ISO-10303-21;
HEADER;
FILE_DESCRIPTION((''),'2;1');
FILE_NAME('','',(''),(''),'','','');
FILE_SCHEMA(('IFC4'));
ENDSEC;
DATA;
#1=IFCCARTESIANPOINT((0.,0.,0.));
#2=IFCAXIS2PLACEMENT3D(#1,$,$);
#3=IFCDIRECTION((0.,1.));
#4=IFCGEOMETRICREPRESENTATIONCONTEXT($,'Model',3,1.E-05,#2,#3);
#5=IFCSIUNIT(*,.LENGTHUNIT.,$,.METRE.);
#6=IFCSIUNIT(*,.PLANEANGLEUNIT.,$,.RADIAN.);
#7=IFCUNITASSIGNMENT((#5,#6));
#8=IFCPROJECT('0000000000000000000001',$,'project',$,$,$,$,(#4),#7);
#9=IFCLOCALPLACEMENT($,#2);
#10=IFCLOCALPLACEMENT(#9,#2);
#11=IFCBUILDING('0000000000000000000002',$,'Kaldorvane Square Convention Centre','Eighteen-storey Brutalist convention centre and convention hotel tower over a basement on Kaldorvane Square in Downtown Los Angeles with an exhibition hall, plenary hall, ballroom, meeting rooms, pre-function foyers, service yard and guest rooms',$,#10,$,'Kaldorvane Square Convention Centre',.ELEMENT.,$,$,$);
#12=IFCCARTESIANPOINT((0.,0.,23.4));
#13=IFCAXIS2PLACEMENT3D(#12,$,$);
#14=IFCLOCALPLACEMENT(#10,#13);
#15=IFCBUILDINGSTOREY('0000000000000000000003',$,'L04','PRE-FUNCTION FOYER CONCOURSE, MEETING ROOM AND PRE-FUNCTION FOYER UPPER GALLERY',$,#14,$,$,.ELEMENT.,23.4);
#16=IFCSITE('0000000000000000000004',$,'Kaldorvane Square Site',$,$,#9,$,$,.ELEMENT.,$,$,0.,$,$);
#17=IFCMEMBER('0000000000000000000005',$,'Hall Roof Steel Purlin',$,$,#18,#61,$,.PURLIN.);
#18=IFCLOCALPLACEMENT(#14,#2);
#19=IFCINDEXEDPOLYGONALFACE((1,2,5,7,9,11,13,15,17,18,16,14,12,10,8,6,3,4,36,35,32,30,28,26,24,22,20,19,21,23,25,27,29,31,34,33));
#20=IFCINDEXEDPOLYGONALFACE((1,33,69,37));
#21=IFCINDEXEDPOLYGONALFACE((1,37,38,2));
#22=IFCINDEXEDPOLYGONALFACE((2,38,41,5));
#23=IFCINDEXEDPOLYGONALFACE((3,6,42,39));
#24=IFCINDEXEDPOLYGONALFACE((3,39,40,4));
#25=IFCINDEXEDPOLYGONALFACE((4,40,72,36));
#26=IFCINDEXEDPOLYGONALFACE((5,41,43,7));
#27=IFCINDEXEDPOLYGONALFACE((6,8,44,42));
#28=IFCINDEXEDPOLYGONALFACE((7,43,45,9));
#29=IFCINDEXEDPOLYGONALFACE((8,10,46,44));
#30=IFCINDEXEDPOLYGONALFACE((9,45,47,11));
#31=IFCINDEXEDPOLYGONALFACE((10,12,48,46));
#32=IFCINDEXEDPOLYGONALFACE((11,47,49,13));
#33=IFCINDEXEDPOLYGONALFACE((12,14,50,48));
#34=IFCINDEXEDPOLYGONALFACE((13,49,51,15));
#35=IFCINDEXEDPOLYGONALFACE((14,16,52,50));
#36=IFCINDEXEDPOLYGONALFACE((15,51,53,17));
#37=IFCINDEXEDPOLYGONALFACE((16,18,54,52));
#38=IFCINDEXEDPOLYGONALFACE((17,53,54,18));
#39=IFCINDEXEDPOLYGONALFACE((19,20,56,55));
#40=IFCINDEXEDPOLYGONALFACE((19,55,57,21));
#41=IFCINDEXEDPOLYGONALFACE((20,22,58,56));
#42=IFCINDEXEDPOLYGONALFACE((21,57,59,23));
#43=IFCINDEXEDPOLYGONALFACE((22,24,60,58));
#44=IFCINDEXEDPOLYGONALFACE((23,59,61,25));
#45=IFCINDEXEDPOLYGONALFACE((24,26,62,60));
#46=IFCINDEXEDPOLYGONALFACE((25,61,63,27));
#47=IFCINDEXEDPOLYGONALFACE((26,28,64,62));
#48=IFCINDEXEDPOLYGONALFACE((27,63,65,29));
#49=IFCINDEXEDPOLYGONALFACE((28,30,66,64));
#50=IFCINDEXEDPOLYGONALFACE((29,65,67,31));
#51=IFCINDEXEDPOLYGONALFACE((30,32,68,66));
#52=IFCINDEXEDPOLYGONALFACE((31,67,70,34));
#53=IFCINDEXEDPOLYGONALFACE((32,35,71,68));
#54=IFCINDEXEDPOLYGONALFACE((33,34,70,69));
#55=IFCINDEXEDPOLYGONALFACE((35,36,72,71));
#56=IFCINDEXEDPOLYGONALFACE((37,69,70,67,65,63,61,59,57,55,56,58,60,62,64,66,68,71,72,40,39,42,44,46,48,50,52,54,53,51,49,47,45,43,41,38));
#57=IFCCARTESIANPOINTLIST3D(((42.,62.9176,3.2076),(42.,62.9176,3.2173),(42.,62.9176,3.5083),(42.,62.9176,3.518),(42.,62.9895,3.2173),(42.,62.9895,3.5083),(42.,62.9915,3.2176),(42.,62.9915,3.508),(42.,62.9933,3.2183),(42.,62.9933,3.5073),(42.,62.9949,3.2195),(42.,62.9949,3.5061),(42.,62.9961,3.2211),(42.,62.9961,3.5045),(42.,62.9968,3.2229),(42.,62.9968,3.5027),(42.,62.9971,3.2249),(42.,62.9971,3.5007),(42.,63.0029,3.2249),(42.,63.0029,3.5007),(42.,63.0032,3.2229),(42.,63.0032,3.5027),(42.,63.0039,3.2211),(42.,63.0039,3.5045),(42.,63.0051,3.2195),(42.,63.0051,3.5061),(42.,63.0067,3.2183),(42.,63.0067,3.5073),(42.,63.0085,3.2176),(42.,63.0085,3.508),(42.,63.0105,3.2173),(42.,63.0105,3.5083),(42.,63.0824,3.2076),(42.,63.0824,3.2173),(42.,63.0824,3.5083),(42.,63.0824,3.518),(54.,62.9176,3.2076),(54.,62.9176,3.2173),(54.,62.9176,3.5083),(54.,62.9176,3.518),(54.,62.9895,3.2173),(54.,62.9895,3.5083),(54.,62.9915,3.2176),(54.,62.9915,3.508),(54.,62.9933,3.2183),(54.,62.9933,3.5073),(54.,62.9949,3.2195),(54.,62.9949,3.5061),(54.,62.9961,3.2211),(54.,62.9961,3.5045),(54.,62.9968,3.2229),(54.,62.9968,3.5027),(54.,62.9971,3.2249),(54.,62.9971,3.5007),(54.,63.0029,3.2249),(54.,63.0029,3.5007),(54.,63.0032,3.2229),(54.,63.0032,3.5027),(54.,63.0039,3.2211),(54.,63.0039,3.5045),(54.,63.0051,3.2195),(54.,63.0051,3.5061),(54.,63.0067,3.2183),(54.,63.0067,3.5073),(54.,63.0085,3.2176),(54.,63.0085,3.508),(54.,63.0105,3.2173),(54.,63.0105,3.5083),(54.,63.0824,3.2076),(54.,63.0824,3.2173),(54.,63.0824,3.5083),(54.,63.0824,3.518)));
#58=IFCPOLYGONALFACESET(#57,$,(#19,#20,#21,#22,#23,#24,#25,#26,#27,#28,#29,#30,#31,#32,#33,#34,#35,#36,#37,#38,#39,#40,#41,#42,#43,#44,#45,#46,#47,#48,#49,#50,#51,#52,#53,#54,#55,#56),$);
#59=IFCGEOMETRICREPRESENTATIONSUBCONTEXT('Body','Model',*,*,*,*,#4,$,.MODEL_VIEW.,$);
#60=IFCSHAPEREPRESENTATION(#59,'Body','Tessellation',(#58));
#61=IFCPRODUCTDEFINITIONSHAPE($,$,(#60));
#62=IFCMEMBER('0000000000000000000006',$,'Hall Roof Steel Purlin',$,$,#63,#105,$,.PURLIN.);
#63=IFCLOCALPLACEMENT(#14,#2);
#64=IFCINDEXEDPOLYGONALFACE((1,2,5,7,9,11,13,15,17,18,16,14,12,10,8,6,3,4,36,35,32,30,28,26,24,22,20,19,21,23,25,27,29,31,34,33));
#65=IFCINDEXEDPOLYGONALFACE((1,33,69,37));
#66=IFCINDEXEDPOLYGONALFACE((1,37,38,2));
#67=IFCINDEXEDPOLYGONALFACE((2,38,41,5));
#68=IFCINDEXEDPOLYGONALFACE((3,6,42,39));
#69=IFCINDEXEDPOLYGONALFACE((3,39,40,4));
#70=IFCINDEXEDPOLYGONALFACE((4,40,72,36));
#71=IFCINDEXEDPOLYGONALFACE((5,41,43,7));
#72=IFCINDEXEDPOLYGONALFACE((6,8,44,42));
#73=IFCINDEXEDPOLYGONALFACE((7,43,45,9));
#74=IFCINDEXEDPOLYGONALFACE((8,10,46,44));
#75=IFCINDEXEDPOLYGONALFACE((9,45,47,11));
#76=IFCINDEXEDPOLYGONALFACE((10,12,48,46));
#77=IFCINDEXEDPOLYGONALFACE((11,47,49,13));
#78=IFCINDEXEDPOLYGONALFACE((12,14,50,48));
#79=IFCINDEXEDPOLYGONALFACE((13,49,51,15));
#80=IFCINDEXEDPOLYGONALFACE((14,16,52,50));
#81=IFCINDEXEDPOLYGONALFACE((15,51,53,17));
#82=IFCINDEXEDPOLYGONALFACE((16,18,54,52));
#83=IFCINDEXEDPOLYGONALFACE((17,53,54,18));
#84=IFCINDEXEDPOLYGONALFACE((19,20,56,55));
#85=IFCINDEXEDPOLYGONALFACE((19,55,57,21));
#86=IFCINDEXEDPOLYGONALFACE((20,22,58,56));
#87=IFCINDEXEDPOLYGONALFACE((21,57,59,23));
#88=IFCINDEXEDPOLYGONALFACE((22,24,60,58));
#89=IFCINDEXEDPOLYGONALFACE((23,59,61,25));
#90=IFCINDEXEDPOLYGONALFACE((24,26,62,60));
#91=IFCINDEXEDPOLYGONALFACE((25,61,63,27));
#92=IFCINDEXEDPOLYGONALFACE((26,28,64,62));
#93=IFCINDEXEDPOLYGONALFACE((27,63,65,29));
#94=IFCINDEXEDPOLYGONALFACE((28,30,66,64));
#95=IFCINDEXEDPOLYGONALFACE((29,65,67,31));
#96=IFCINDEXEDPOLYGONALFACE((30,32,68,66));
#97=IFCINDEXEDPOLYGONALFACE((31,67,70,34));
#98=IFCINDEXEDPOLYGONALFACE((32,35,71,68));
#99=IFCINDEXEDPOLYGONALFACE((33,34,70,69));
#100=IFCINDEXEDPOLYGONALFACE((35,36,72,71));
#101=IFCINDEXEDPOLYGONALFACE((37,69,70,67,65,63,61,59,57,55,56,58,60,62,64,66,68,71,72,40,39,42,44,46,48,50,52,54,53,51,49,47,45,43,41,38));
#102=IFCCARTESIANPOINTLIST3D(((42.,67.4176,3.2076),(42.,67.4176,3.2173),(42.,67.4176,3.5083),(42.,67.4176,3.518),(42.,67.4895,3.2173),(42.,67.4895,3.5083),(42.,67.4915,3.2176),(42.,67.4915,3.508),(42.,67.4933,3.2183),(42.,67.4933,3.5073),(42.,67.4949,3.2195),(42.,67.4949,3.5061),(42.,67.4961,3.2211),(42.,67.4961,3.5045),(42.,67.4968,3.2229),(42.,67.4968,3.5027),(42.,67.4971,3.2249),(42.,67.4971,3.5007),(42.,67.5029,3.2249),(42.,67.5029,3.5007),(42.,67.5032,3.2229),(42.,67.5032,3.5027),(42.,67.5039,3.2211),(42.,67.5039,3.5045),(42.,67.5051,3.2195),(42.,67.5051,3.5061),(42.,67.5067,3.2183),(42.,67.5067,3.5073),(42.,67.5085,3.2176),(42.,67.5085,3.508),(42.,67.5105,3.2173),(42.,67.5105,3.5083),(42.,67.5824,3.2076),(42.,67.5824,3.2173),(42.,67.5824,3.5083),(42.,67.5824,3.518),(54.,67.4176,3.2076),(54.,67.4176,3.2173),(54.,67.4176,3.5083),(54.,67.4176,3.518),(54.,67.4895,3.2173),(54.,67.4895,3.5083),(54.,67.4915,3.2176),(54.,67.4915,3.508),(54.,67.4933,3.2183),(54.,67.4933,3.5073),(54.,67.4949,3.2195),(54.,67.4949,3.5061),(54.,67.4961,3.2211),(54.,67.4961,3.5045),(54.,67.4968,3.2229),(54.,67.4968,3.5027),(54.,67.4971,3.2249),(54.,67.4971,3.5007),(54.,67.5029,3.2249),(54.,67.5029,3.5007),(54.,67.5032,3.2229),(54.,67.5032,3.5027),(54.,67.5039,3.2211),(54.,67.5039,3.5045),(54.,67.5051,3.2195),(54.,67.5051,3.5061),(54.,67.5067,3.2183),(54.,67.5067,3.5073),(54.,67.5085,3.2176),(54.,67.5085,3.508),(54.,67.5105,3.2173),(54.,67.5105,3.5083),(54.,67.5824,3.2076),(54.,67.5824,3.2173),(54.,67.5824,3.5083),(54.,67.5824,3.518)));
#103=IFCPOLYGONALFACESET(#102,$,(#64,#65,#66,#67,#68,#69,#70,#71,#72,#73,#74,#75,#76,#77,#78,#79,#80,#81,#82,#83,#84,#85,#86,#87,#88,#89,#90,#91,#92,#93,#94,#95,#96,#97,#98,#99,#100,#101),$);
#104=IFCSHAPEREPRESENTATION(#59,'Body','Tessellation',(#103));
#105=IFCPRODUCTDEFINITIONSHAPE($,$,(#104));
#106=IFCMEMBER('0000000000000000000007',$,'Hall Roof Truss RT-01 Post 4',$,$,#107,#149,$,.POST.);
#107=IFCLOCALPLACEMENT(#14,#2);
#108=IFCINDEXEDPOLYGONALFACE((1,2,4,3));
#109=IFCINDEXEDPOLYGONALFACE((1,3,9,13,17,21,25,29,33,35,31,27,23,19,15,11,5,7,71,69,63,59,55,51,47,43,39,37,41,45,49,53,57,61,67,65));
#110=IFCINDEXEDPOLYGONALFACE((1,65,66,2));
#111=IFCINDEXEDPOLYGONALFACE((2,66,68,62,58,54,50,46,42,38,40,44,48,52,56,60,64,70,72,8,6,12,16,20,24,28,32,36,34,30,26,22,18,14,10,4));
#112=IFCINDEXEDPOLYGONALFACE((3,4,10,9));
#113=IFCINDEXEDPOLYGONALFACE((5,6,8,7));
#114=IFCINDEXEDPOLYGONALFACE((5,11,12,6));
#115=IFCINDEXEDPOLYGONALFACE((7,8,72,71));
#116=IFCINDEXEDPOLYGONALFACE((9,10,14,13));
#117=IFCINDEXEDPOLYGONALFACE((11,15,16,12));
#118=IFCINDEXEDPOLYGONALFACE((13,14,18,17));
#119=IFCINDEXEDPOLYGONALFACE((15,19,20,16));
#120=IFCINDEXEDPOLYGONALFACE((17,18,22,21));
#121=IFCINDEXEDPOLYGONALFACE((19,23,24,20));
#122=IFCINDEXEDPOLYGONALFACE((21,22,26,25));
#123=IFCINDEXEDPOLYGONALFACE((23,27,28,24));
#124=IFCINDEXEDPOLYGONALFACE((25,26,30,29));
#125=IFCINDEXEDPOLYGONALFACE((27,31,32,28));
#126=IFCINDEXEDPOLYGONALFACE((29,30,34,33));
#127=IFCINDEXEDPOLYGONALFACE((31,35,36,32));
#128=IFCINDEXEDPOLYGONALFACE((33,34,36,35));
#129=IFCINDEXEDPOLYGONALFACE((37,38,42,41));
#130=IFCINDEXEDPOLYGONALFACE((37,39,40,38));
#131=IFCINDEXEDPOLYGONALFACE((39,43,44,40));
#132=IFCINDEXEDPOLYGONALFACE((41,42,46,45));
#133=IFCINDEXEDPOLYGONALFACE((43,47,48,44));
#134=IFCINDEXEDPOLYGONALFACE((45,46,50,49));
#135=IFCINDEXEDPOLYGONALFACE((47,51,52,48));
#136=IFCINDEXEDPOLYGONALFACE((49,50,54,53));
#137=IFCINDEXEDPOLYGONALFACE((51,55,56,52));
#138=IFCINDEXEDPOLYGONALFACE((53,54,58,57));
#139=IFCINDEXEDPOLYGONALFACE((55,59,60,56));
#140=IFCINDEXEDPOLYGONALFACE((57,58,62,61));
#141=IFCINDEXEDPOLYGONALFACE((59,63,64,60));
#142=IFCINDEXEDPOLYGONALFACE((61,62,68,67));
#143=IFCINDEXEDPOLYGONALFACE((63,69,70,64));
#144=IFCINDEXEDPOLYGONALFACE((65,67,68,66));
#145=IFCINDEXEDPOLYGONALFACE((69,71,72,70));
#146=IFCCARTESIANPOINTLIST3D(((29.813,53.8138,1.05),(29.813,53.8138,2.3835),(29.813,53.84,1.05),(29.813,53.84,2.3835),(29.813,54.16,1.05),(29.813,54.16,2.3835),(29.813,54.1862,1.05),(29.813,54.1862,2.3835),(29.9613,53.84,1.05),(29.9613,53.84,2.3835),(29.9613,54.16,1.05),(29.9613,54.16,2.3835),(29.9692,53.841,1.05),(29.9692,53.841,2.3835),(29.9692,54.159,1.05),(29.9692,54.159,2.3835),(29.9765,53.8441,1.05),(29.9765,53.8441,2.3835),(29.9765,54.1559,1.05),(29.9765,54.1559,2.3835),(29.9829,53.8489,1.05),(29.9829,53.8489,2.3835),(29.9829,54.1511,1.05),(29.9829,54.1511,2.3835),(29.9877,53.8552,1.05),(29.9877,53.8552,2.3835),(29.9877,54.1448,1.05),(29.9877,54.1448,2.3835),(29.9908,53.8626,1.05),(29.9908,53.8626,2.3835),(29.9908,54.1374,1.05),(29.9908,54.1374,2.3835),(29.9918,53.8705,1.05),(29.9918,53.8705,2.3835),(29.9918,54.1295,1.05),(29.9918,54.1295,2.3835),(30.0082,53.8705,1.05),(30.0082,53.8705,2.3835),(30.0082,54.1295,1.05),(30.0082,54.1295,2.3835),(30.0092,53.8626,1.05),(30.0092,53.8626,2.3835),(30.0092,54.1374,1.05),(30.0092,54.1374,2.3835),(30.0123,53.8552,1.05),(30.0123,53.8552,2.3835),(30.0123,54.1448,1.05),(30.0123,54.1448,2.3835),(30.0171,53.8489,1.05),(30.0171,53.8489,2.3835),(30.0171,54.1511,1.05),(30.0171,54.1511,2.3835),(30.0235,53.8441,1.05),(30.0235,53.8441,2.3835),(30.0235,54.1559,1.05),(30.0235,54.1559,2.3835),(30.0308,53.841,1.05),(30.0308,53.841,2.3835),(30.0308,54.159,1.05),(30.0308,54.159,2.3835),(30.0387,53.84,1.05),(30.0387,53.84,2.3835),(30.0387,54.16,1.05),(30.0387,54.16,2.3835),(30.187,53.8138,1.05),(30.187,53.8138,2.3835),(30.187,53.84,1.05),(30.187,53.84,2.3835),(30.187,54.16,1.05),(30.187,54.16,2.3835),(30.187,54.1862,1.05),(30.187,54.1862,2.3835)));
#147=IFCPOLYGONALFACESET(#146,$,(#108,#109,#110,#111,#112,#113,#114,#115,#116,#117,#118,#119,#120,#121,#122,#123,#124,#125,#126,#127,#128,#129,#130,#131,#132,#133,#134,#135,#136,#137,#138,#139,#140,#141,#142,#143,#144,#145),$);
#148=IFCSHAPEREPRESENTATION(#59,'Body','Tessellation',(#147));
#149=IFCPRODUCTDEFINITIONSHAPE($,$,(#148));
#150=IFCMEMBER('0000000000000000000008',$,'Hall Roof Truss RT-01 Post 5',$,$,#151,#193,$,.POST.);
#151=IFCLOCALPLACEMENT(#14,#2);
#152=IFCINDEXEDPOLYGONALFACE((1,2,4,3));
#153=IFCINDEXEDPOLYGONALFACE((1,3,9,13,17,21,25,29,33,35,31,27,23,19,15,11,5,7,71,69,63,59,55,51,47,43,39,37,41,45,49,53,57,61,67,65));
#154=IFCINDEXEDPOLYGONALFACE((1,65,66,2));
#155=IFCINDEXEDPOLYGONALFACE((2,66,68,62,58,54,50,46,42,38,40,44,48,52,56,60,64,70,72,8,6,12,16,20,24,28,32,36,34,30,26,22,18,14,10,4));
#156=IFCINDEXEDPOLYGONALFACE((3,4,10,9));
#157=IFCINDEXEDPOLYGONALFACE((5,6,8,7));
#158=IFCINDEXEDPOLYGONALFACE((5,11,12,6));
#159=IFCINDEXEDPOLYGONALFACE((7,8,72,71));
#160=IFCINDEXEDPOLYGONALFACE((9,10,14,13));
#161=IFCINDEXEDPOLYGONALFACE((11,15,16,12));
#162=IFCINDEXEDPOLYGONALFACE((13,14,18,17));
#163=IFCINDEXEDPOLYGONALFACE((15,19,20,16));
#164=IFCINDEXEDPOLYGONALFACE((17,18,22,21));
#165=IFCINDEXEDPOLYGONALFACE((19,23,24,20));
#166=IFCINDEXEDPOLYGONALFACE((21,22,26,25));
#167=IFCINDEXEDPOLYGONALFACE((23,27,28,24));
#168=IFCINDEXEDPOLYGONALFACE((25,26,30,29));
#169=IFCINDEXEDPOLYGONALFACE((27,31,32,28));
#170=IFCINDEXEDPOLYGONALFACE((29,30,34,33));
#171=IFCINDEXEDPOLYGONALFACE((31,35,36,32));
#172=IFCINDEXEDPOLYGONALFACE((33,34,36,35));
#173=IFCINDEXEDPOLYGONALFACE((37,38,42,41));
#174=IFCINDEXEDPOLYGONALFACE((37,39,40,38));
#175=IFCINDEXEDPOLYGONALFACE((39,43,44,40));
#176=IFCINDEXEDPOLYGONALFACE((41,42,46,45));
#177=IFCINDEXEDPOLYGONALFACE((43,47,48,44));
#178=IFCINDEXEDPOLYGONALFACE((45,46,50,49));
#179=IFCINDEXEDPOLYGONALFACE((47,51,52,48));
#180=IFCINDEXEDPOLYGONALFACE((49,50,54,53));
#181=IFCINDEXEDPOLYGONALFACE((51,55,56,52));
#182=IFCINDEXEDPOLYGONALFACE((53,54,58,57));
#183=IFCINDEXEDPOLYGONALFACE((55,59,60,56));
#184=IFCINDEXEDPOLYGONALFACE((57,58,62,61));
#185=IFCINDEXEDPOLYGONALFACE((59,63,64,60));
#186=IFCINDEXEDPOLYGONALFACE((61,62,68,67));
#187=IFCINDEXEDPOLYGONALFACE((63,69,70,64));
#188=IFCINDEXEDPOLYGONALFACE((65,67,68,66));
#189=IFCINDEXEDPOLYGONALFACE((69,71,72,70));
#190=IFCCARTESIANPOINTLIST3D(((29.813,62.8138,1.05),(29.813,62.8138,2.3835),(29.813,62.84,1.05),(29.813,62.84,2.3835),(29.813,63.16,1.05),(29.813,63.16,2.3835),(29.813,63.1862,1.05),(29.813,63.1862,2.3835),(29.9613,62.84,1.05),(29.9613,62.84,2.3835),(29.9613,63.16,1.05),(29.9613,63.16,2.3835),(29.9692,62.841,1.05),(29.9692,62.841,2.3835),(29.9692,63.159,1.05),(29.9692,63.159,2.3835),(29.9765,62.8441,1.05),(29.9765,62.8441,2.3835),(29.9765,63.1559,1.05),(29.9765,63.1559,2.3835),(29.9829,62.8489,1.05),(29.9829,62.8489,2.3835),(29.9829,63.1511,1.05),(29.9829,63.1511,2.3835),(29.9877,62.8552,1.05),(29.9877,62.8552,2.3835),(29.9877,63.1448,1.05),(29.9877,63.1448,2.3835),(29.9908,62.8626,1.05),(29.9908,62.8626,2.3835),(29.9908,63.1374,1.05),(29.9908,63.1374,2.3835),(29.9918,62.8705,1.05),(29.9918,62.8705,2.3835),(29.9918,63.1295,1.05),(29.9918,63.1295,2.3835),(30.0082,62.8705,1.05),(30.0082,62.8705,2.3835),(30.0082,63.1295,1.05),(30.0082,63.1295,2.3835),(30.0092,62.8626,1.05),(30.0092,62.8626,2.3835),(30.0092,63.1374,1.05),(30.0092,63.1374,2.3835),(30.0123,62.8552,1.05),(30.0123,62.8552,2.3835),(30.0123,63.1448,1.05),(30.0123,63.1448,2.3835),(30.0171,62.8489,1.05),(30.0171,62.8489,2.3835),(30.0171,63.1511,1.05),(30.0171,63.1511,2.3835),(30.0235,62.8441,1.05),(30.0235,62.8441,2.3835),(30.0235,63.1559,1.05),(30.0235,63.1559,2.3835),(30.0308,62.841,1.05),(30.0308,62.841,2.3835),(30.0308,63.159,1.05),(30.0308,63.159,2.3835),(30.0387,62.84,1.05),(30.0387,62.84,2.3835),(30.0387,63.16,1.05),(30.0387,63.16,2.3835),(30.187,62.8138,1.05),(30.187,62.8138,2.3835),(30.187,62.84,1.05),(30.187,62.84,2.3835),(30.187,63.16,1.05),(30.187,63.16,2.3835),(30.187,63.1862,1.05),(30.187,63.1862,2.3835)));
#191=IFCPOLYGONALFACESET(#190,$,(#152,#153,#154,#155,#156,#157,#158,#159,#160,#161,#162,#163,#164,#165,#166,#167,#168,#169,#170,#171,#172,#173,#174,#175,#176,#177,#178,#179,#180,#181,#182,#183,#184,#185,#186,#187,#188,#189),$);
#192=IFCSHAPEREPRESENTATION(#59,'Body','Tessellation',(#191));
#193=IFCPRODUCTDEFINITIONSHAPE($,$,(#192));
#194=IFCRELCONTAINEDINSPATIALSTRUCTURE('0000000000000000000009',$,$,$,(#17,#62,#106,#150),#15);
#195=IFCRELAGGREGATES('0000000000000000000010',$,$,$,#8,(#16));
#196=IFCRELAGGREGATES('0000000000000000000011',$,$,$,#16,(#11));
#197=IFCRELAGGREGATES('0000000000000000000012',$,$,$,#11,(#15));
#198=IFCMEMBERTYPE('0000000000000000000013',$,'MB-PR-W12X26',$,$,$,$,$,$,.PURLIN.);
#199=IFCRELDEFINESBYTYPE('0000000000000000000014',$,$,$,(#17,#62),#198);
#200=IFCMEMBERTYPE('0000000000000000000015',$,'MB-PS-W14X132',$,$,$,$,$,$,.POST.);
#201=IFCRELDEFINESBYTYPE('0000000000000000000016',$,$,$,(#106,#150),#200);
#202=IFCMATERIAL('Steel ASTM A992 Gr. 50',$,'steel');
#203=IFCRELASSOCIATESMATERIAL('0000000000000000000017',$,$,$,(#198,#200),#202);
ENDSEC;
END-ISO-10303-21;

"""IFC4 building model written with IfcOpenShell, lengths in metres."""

from ifc_helpers import new_model, si_unit, direction, frame, origin, origin_2d, place, context, subcontext, project, spatial, i_section, extrude, material, material_profile, profile_set, type_object, element, save


model = new_model("IFC4")

# Units and contexts
model_context = context("Model", 3, precision=1e-05, world=origin(), true_north=direction((0.0, 1.0)))
body_context = subcontext(model_context, "Body", "Model", "MODEL_VIEW")
ifc_project = project(units=[si_unit("LENGTHUNIT", "METRE"), si_unit("PLANEANGLEUNIT", "RADIAN")], contexts=[model_context])

# Site, building, storey
site_placement = place(None, origin())
site = spatial("IfcSite", under=ifc_project, at=site_placement, Name="Kaldorvane Square Site", CompositionType="ELEMENT", RefElevation=0.0)
building_placement = place(site_placement, origin())
building = spatial("IfcBuilding", under=site, at=building_placement, Name="Kaldorvane Square Convention Centre", Description="Eighteen-storey Brutalist convention centre and convention hotel tower over a basement on Kaldorvane Square in Downtown Los Angeles with an exhibition hall, plenary hall, ballroom, meeting rooms, pre-function foyers, service yard and guest rooms", LongName="Kaldorvane Square Convention Centre", CompositionType="ELEMENT")
storey_placement = place(building_placement, frame((0.0, 0.0, 23.4)))
storey = spatial("IfcBuildingStorey", under=building, at=storey_placement, Name="L04", Description="PRE-FUNCTION FOYER CONCOURSE, MEETING ROOM AND PRE-FUNCTION FOYER UPPER GALLERY", CompositionType="ELEMENT", Elevation=23.4)

# Shared definitions
ifc_material_1 = material(Name="Steel ASTM A992 Gr. 50", Category="steel")

# Members
ifc_material_profile_1 = material_profile(ifc_material_1, i_section(OverallWidth=0.1648, OverallDepth=0.3104, WebThickness=0.0058, FlangeThickness=0.0097, FilletRadius=0.0076, at=origin_2d()), Name="W12X26")
ifc_profile_set_1 = profile_set([ifc_material_profile_1], Name="Steel ASTM A992 Gr. 50")
member_type_1 = type_object("IfcMemberType", Name="MB-PR-W12X26", PredefinedType="PURLIN", material=ifc_profile_set_1)
for number, where, z_axis, x_axis, name in (
    (1, (42.0, 63.0, 3.3628), (1.0, 0.0, 0.0), (0.0, 1.0, 0.0), "Hall Roof Steel Purlin"),
    (2, (42.0, 67.5, 3.3628), (1.0, 0.0, 0.0), (0.0, 1.0, 0.0), "Hall Roof Steel Purlin"),
):
    element("IfcMember", number, at=place(storey_placement, frame(where, z_axis=z_axis, x_axis=x_axis)), inside=storey, type_object=member_type_1, Name=name, PredefinedType="PURLIN", context=body_context, shape_type="SweptSolid", body=[
        extrude(i_section(OverallWidth=0.1648, OverallDepth=0.3104, WebThickness=0.0058, FlangeThickness=0.0097, FilletRadius=0.0076, at=origin_2d()), origin(), (0.0, 0.0, 1.0), 12.0),
    ])
ifc_material_profile_2 = material_profile(ifc_material_1, i_section(OverallWidth=0.374, OverallDepth=0.3724, WebThickness=0.0164, FlangeThickness=0.0262, FilletRadius=0.0305, at=origin_2d()), Name="W14X132")
ifc_profile_set_2 = profile_set([ifc_material_profile_2], Name="Steel ASTM A992 Gr. 50")
member_type_2 = type_object("IfcMemberType", Name="MB-PS-W14X132", PredefinedType="POST", material=ifc_profile_set_2)
for number, where, z_axis, x_axis, name in (
    (3, (30.0, 54.0, 1.05), (0.0, 0.0, 1.0), (1.0, 0.0, 0.0), "Hall Roof Truss RT-01 Post 4"),
    (4, (30.0, 63.0, 1.05), (0.0, 0.0, 1.0), (1.0, 0.0, 0.0), "Hall Roof Truss RT-01 Post 5"),
):
    element("IfcMember", number, at=place(storey_placement, frame(where, z_axis=z_axis, x_axis=x_axis)), inside=storey, type_object=member_type_2, Name=name, PredefinedType="POST", context=body_context, shape_type="SweptSolid", body=[
        extrude(i_section(OverallWidth=0.374, OverallDepth=0.3724, WebThickness=0.0164, FlangeThickness=0.0262, FilletRadius=0.0305, at=origin_2d()), origin(), (0.0, 0.0, 1.0), 1.3335),
    ])

save(model, "model.ifc")
